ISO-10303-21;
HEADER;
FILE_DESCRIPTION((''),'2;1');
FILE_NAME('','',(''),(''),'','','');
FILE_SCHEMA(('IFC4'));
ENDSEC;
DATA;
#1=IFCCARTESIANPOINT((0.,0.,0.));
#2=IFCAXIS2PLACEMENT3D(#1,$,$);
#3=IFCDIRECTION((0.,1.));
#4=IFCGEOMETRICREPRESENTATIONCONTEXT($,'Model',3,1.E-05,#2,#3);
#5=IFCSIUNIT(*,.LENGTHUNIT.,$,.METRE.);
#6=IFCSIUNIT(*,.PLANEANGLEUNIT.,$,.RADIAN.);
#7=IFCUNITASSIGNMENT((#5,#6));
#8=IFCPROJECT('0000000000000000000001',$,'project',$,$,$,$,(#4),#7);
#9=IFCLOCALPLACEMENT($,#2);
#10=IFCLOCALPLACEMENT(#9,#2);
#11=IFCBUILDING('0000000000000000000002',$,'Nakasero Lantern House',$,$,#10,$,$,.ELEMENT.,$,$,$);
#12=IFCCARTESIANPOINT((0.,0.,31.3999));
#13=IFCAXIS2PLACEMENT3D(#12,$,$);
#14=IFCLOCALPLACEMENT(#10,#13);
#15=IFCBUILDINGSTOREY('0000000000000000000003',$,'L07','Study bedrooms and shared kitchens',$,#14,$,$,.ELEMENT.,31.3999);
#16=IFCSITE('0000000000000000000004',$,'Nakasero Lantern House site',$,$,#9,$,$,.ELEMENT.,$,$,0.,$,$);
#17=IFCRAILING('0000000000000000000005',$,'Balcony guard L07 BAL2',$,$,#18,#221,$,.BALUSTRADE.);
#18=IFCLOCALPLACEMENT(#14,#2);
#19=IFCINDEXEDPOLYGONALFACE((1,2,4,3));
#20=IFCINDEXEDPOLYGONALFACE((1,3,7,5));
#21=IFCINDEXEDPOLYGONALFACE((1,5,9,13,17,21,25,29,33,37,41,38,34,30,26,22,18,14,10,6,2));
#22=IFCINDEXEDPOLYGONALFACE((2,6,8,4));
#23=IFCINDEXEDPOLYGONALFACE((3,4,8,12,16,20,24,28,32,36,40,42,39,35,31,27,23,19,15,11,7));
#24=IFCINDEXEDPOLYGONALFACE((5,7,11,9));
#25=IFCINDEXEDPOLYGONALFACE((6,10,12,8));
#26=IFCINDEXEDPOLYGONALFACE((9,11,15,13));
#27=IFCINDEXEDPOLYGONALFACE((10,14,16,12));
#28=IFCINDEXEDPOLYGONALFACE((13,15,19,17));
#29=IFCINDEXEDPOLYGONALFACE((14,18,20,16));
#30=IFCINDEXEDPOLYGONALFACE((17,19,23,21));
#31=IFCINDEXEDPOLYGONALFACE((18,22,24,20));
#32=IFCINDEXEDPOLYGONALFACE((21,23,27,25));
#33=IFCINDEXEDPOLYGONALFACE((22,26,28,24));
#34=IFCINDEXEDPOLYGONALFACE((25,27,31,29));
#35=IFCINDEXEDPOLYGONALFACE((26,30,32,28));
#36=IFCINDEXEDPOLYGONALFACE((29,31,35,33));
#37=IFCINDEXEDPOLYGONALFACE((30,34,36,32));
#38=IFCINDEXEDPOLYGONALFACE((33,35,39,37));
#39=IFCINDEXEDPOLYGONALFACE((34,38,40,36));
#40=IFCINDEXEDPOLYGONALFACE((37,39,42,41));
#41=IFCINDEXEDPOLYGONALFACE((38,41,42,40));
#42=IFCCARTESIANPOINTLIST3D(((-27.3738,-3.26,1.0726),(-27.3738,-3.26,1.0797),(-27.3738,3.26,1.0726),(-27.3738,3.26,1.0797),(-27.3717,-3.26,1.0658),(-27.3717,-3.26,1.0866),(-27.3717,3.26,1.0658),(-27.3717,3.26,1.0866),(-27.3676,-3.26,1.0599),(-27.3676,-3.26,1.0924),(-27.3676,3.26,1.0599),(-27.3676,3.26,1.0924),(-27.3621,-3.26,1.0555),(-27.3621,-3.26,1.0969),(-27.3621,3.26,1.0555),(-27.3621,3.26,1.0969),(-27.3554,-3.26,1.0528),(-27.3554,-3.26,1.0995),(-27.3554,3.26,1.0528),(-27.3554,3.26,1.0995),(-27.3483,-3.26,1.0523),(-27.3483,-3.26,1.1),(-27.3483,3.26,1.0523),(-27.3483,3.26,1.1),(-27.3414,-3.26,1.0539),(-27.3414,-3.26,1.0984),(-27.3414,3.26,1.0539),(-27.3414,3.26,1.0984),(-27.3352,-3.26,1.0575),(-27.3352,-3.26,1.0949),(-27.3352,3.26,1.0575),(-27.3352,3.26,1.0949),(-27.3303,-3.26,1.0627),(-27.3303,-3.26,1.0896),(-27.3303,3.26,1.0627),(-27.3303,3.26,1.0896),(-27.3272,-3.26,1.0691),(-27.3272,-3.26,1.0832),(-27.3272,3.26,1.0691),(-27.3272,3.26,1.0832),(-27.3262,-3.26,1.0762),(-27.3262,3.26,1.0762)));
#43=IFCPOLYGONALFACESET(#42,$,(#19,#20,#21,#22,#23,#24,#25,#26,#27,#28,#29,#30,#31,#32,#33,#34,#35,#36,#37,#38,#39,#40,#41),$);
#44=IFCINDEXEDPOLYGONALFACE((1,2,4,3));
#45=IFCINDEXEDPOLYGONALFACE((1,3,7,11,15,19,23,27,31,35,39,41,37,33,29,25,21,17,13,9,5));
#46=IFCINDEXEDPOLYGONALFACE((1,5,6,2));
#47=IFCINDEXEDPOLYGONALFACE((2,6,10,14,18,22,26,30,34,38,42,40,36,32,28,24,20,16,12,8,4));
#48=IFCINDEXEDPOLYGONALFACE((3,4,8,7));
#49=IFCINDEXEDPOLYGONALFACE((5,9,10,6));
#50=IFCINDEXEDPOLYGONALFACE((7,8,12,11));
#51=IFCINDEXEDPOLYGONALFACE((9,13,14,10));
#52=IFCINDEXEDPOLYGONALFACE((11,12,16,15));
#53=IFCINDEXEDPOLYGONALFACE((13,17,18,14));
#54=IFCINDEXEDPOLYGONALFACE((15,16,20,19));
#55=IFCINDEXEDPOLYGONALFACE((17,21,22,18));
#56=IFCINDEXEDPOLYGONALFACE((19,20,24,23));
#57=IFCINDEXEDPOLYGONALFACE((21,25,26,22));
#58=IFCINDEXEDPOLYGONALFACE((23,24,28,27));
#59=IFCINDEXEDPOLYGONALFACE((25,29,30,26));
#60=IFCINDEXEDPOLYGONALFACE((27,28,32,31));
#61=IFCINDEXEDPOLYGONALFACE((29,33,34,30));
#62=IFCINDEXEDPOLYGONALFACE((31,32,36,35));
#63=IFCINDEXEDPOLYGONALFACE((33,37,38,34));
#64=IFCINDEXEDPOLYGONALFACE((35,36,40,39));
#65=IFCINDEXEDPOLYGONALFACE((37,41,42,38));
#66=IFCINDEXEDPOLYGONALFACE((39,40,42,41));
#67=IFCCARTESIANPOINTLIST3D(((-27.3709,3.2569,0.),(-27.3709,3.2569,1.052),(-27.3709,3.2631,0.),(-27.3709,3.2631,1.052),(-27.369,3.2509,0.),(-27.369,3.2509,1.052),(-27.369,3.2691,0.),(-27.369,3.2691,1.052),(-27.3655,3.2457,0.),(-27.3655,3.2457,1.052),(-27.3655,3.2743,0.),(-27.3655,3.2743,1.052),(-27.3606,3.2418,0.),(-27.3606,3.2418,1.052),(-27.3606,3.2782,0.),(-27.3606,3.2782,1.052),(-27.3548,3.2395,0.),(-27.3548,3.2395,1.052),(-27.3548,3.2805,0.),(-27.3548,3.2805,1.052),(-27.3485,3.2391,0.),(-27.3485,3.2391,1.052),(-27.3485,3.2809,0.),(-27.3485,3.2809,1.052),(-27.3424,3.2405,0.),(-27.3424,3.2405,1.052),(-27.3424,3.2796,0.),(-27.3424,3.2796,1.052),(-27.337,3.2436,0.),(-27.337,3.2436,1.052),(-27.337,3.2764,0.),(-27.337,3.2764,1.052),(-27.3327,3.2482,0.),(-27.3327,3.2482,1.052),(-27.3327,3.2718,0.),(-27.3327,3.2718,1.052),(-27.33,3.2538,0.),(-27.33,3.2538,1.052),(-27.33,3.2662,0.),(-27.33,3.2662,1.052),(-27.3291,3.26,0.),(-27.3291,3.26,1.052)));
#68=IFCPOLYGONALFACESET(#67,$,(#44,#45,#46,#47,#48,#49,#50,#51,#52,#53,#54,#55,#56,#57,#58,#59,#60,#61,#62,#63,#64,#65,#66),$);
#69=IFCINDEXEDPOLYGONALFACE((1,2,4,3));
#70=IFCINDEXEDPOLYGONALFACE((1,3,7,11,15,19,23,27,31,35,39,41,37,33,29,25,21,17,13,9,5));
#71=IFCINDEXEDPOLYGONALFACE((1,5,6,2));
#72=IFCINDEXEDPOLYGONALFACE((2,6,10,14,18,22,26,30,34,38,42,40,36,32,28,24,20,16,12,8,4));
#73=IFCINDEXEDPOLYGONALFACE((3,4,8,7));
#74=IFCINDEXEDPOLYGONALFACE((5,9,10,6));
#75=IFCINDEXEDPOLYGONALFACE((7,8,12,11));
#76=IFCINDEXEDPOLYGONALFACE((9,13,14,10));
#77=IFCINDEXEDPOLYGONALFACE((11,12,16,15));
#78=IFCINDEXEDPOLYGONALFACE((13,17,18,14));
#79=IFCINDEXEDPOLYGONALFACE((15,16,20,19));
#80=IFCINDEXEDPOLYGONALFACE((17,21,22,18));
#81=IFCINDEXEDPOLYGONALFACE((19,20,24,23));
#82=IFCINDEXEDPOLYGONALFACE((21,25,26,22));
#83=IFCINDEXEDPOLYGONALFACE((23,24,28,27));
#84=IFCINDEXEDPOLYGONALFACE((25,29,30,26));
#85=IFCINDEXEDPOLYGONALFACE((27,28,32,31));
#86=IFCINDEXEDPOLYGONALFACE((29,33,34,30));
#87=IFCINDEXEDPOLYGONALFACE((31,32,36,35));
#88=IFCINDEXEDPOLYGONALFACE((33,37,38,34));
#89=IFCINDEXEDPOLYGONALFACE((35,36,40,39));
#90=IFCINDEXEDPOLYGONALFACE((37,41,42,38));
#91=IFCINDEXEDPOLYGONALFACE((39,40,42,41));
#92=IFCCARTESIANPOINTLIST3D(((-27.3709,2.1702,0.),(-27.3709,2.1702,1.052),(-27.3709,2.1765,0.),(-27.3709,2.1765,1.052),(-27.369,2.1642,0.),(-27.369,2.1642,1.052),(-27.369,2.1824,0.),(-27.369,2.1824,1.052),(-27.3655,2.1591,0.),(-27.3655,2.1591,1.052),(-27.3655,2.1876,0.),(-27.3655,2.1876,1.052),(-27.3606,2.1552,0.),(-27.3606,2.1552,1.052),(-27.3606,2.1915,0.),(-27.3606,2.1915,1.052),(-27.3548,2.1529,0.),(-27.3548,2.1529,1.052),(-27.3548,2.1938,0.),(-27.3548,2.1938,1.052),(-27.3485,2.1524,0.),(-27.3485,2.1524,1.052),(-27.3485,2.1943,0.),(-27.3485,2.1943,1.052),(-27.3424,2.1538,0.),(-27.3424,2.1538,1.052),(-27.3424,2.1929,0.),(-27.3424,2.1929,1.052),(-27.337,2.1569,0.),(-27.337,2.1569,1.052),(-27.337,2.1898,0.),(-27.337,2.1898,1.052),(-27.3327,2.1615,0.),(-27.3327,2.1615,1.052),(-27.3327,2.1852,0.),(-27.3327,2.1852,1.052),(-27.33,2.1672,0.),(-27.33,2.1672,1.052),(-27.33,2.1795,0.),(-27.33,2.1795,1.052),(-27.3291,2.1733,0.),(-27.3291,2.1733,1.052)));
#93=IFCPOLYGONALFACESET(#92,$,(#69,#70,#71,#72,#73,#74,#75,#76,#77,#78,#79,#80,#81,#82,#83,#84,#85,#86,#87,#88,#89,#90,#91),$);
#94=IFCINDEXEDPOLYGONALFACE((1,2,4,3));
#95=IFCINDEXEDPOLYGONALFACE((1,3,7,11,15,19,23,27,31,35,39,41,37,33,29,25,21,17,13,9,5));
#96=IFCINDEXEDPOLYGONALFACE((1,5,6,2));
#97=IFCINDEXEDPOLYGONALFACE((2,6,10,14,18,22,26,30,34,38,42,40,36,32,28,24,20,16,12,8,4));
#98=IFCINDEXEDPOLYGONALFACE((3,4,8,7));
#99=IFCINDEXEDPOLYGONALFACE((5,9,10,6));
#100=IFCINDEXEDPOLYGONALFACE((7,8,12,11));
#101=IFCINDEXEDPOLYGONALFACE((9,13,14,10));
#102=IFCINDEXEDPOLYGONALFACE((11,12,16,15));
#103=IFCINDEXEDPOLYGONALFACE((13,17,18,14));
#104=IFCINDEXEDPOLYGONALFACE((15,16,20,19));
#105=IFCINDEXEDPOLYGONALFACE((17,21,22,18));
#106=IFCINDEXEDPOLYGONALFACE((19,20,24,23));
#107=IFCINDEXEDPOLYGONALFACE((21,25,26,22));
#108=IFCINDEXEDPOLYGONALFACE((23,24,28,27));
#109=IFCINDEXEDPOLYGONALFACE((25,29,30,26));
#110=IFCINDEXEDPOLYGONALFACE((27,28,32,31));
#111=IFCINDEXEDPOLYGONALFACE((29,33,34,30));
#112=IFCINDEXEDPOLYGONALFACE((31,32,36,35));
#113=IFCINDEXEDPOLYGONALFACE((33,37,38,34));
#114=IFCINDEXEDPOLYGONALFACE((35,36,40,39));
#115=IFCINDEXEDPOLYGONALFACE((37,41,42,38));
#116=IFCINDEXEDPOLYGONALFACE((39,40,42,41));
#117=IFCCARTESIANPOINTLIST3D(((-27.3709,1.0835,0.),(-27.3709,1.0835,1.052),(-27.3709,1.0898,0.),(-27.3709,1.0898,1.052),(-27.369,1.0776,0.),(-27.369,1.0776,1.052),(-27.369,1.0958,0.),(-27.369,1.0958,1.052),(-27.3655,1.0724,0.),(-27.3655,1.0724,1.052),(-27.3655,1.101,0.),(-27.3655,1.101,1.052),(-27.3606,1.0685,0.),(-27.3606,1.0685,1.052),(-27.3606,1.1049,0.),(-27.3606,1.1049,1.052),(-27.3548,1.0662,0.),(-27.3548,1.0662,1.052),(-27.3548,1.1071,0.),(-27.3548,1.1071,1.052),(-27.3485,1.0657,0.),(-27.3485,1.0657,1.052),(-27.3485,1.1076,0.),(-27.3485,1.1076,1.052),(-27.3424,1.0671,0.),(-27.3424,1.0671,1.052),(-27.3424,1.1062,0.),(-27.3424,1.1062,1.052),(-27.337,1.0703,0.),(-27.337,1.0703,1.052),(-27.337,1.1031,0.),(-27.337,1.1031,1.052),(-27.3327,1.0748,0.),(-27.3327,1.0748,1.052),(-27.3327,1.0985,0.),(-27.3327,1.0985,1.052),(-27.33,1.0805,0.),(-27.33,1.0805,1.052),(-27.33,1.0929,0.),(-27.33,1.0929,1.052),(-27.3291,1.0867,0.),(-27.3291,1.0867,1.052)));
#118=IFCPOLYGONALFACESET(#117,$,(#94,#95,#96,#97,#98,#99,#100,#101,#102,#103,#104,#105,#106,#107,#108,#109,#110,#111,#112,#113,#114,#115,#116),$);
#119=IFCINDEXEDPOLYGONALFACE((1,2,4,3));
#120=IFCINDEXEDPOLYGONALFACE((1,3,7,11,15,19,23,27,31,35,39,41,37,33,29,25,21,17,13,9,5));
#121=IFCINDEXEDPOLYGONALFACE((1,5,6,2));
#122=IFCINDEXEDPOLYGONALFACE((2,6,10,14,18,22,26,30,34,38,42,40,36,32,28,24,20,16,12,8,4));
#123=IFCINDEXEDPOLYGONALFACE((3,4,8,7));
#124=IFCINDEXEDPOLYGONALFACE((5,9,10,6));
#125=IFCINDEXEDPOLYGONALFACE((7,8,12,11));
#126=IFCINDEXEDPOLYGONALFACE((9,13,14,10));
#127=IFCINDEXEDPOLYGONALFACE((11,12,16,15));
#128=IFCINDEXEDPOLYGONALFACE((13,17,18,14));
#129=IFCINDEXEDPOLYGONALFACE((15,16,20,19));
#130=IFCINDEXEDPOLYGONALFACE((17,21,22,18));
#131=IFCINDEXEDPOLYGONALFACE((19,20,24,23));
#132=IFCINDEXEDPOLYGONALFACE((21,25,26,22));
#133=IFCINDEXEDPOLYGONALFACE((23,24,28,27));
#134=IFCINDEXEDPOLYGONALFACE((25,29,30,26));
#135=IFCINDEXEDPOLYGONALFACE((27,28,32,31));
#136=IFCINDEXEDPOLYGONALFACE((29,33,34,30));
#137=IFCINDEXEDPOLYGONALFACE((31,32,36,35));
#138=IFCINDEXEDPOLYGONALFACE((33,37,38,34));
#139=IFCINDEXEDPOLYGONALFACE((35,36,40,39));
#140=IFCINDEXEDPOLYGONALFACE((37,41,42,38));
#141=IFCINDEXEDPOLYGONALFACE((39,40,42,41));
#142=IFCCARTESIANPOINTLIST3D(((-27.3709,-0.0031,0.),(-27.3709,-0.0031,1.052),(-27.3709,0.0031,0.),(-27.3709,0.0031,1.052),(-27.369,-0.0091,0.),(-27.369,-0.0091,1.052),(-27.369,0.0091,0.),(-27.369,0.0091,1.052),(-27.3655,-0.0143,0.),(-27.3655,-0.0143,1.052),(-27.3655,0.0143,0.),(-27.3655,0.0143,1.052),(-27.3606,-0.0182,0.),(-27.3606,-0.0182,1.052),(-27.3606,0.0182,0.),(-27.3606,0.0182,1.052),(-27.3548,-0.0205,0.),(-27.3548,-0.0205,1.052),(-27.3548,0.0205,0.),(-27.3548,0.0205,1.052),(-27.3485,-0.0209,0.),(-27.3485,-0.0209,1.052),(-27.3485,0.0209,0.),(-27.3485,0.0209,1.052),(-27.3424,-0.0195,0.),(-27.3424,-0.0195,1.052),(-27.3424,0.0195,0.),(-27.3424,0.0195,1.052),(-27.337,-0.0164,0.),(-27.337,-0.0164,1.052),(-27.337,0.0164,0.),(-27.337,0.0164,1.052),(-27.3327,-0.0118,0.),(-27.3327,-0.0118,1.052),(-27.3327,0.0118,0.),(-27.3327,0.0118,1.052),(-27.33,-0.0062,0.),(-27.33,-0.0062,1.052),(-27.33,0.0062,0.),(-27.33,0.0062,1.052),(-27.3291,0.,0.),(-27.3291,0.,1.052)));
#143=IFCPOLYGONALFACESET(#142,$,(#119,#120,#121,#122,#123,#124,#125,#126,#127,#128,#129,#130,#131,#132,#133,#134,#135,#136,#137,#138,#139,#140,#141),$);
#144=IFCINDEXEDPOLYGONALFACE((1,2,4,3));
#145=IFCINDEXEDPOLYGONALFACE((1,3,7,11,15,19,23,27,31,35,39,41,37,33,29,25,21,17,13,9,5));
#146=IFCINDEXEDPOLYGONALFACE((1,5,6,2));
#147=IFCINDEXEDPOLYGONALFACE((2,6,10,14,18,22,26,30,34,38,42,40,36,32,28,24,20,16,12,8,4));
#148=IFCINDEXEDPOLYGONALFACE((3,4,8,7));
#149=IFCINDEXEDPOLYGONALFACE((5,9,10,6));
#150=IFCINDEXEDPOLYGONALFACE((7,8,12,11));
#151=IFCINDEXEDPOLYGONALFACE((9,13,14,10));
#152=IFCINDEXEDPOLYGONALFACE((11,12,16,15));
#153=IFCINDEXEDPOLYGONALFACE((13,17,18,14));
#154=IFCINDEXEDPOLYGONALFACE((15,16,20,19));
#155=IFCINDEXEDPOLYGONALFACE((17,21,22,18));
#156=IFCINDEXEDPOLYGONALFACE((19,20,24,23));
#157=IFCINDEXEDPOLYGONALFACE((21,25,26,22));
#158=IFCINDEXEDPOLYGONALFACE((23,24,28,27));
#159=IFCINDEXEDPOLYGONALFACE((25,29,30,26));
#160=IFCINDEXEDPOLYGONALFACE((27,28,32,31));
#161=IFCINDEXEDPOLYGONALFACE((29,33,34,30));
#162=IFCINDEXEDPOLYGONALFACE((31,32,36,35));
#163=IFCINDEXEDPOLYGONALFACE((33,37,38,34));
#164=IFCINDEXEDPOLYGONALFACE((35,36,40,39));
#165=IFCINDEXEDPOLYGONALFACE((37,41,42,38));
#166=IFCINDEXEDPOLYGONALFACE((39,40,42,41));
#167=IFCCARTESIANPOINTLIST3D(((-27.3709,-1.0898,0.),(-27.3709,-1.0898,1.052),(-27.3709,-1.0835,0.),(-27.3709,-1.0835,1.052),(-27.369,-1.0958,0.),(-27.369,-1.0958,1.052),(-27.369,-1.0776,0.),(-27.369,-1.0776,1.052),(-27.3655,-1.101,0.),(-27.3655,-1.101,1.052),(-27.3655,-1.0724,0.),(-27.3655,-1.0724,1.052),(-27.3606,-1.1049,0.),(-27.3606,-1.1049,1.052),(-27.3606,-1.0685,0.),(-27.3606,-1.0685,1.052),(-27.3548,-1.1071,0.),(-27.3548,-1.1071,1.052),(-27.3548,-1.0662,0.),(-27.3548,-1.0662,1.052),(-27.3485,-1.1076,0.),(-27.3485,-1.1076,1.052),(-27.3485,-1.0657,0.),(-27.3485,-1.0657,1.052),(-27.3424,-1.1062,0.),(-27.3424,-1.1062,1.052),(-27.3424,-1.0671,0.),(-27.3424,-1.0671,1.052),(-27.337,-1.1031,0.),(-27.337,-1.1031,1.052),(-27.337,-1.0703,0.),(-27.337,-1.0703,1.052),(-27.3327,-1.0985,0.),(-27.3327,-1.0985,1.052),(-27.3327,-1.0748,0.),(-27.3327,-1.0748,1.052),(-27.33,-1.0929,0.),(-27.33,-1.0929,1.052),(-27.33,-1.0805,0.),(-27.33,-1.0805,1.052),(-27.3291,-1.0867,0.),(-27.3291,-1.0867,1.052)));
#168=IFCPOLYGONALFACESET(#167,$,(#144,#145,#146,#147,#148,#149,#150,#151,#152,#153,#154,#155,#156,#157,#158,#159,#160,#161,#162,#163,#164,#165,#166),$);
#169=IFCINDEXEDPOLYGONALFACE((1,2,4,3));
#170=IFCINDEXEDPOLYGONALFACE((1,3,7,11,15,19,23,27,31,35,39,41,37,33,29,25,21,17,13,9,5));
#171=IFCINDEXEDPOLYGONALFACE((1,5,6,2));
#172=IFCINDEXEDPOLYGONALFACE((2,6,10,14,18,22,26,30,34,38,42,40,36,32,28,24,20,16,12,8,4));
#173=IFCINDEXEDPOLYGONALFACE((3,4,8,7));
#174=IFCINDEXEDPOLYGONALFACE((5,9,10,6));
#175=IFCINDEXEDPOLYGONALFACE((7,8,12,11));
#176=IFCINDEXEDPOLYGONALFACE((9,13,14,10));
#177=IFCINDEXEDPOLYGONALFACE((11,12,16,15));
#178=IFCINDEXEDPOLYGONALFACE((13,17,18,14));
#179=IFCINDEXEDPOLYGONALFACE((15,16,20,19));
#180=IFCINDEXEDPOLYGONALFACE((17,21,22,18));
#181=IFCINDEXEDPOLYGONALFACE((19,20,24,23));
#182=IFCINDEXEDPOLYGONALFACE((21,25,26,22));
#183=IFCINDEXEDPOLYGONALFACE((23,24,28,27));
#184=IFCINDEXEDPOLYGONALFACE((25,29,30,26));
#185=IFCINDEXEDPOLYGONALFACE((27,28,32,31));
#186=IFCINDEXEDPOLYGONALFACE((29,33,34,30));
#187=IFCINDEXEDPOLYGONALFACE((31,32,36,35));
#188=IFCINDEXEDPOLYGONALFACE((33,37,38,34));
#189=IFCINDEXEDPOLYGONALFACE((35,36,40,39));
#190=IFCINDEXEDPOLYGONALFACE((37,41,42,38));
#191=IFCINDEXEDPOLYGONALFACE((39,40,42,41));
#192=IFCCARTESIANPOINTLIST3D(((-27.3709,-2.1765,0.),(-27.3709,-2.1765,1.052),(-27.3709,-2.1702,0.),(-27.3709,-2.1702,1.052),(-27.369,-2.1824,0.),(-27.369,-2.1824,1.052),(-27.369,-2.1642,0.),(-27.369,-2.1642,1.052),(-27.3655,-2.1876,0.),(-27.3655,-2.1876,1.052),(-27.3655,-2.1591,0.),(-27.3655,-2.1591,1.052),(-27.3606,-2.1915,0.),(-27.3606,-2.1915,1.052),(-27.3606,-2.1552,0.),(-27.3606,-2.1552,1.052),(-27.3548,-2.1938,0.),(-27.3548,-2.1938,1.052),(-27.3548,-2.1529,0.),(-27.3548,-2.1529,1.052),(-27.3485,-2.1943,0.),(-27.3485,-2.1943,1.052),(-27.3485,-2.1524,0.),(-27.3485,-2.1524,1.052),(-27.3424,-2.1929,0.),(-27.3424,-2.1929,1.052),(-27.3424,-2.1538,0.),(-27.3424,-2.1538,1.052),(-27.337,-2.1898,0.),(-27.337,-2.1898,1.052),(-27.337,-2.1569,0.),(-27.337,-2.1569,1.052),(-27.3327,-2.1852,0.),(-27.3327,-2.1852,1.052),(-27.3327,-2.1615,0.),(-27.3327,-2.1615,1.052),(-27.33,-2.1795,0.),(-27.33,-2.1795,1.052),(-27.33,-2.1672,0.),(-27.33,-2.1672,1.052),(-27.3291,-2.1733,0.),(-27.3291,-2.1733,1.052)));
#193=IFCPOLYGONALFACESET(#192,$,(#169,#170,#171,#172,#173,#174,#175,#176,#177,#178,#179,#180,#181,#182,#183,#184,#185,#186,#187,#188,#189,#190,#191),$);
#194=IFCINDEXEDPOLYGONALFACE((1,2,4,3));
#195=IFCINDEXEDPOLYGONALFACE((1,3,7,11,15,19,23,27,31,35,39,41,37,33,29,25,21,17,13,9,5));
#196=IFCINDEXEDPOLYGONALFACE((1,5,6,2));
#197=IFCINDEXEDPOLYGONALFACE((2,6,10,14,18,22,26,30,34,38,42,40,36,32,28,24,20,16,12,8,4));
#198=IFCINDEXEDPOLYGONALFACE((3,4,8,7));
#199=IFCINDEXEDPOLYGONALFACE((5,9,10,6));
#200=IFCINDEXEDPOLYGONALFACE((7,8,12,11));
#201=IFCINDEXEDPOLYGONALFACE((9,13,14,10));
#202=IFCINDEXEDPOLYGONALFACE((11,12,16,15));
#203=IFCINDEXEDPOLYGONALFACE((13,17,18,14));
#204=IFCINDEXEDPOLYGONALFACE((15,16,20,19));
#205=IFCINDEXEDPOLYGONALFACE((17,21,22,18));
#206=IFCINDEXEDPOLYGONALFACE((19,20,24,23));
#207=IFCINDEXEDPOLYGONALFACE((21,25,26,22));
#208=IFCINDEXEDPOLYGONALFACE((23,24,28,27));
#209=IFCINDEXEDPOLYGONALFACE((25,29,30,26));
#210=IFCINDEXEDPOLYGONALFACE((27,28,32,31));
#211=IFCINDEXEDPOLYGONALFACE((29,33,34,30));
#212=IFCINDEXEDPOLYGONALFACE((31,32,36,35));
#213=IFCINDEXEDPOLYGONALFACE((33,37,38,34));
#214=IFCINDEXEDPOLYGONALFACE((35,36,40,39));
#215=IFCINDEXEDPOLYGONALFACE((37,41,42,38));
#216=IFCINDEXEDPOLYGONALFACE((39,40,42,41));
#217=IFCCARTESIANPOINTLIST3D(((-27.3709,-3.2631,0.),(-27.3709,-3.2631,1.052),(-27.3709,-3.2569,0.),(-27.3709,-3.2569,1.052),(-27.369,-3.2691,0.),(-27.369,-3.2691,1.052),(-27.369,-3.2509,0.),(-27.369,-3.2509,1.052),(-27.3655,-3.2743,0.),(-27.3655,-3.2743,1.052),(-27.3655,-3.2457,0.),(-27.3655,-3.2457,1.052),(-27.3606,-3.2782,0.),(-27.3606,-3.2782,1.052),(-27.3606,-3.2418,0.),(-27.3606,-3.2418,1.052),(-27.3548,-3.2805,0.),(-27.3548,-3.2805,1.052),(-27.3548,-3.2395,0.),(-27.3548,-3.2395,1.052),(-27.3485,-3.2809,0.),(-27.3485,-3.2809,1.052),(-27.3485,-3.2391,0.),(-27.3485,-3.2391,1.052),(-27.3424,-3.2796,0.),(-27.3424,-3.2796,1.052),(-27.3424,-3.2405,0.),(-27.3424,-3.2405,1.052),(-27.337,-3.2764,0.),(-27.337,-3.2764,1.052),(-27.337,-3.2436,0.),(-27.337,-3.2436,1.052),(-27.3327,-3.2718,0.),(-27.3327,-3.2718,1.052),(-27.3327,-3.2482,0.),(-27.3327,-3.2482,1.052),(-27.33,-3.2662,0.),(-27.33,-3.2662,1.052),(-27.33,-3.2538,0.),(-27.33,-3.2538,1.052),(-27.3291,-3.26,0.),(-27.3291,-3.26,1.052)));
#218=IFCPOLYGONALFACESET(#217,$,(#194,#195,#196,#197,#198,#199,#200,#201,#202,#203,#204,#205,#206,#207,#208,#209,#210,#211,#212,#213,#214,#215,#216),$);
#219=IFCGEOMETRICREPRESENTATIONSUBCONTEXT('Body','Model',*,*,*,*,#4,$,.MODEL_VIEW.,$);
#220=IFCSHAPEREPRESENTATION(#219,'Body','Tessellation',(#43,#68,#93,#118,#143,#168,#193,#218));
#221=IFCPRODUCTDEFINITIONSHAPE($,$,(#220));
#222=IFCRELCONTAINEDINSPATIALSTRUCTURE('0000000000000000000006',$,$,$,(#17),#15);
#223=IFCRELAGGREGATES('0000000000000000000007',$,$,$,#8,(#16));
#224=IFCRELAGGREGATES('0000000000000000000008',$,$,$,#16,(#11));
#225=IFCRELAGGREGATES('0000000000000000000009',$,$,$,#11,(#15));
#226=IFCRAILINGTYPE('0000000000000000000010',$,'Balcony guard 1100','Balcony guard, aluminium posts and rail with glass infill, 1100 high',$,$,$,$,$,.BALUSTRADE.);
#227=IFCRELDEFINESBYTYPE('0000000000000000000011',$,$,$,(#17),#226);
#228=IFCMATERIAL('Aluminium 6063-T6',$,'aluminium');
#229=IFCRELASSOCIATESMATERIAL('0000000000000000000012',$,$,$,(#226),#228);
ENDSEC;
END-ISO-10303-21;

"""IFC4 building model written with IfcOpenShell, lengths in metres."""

from ifc_helpers import new_model, si_unit, direction, frame, origin, origin_2d, place, context, subcontext, project, spatial, circle, extrude, material, type_object, element, save


model = new_model("IFC4")

# Units and contexts
model_context = context("Model", 3, precision=1e-05, world=origin(), true_north=direction((0.0, 1.0)))
body_context = subcontext(model_context, "Body", "Model", "MODEL_VIEW")
ifc_project = project(units=[si_unit("LENGTHUNIT", "METRE"), si_unit("PLANEANGLEUNIT", "RADIAN")], contexts=[model_context])

# Site, building, storey
site_placement = place(None, origin())
site = spatial("IfcSite", under=ifc_project, at=site_placement, Name="Nakasero Lantern House site", CompositionType="ELEMENT", RefElevation=0.0)
building_placement = place(site_placement, origin())
building = spatial("IfcBuilding", under=site, at=building_placement, Name="Nakasero Lantern House", CompositionType="ELEMENT")
storey_placement = place(building_placement, frame((0.0, 0.0, 31.3999)))
storey = spatial("IfcBuildingStorey", under=building, at=storey_placement, Name="L07", Description="Study bedrooms and shared kitchens", CompositionType="ELEMENT", Elevation=31.3999)

# Railing
ifc_material_1 = material(Name="Aluminium 6063-T6", Category="aluminium")
railing_type = type_object("IfcRailingType", Name="Balcony guard 1100", Description="Balcony guard, aluminium posts and rail with glass infill, 1100 high", PredefinedType="BALUSTRADE", material=ifc_material_1)
railing_placement = place(storey_placement, frame((-27.3501, 3.26, 0.0)))
element("IfcRailing", 1, at=railing_placement, inside=storey, type_object=railing_type, Name="Balcony guard L07 BAL2", PredefinedType="BALUSTRADE", context=body_context, shape_type="SweptSolid", body=[
    extrude(circle(Radius=0.0239, at=origin_2d()), frame((0.0, 0.0, 1.0762), z_axis=(0.0, -1.0, 0.0), x_axis=(1.0, 0.0, 0.0)), (0.0, 0.0, 1.0), 6.52),
    extrude(circle(Radius=0.021, at=origin_2d()), origin(), (0.0, 0.0, 1.0), 1.052),
    extrude(circle(Radius=0.021, at=origin_2d()), frame((0.0, -1.0867, 0.0)), (0.0, 0.0, 1.0), 1.052),
    extrude(circle(Radius=0.021, at=origin_2d()), frame((0.0, -2.1733, 0.0)), (0.0, 0.0, 1.0), 1.052),
    extrude(circle(Radius=0.021, at=origin_2d()), frame((0.0, -3.26, 0.0)), (0.0, 0.0, 1.0), 1.052),
    extrude(circle(Radius=0.021, at=origin_2d()), frame((0.0, -4.3467, 0.0)), (0.0, 0.0, 1.0), 1.052),
    extrude(circle(Radius=0.021, at=origin_2d()), frame((0.0, -5.4333, 0.0)), (0.0, 0.0, 1.0), 1.052),
    extrude(circle(Radius=0.021, at=origin_2d()), frame((0.0, -6.52, 0.0)), (0.0, 0.0, 1.0), 1.052),
])

save(model, "model.ifc")
